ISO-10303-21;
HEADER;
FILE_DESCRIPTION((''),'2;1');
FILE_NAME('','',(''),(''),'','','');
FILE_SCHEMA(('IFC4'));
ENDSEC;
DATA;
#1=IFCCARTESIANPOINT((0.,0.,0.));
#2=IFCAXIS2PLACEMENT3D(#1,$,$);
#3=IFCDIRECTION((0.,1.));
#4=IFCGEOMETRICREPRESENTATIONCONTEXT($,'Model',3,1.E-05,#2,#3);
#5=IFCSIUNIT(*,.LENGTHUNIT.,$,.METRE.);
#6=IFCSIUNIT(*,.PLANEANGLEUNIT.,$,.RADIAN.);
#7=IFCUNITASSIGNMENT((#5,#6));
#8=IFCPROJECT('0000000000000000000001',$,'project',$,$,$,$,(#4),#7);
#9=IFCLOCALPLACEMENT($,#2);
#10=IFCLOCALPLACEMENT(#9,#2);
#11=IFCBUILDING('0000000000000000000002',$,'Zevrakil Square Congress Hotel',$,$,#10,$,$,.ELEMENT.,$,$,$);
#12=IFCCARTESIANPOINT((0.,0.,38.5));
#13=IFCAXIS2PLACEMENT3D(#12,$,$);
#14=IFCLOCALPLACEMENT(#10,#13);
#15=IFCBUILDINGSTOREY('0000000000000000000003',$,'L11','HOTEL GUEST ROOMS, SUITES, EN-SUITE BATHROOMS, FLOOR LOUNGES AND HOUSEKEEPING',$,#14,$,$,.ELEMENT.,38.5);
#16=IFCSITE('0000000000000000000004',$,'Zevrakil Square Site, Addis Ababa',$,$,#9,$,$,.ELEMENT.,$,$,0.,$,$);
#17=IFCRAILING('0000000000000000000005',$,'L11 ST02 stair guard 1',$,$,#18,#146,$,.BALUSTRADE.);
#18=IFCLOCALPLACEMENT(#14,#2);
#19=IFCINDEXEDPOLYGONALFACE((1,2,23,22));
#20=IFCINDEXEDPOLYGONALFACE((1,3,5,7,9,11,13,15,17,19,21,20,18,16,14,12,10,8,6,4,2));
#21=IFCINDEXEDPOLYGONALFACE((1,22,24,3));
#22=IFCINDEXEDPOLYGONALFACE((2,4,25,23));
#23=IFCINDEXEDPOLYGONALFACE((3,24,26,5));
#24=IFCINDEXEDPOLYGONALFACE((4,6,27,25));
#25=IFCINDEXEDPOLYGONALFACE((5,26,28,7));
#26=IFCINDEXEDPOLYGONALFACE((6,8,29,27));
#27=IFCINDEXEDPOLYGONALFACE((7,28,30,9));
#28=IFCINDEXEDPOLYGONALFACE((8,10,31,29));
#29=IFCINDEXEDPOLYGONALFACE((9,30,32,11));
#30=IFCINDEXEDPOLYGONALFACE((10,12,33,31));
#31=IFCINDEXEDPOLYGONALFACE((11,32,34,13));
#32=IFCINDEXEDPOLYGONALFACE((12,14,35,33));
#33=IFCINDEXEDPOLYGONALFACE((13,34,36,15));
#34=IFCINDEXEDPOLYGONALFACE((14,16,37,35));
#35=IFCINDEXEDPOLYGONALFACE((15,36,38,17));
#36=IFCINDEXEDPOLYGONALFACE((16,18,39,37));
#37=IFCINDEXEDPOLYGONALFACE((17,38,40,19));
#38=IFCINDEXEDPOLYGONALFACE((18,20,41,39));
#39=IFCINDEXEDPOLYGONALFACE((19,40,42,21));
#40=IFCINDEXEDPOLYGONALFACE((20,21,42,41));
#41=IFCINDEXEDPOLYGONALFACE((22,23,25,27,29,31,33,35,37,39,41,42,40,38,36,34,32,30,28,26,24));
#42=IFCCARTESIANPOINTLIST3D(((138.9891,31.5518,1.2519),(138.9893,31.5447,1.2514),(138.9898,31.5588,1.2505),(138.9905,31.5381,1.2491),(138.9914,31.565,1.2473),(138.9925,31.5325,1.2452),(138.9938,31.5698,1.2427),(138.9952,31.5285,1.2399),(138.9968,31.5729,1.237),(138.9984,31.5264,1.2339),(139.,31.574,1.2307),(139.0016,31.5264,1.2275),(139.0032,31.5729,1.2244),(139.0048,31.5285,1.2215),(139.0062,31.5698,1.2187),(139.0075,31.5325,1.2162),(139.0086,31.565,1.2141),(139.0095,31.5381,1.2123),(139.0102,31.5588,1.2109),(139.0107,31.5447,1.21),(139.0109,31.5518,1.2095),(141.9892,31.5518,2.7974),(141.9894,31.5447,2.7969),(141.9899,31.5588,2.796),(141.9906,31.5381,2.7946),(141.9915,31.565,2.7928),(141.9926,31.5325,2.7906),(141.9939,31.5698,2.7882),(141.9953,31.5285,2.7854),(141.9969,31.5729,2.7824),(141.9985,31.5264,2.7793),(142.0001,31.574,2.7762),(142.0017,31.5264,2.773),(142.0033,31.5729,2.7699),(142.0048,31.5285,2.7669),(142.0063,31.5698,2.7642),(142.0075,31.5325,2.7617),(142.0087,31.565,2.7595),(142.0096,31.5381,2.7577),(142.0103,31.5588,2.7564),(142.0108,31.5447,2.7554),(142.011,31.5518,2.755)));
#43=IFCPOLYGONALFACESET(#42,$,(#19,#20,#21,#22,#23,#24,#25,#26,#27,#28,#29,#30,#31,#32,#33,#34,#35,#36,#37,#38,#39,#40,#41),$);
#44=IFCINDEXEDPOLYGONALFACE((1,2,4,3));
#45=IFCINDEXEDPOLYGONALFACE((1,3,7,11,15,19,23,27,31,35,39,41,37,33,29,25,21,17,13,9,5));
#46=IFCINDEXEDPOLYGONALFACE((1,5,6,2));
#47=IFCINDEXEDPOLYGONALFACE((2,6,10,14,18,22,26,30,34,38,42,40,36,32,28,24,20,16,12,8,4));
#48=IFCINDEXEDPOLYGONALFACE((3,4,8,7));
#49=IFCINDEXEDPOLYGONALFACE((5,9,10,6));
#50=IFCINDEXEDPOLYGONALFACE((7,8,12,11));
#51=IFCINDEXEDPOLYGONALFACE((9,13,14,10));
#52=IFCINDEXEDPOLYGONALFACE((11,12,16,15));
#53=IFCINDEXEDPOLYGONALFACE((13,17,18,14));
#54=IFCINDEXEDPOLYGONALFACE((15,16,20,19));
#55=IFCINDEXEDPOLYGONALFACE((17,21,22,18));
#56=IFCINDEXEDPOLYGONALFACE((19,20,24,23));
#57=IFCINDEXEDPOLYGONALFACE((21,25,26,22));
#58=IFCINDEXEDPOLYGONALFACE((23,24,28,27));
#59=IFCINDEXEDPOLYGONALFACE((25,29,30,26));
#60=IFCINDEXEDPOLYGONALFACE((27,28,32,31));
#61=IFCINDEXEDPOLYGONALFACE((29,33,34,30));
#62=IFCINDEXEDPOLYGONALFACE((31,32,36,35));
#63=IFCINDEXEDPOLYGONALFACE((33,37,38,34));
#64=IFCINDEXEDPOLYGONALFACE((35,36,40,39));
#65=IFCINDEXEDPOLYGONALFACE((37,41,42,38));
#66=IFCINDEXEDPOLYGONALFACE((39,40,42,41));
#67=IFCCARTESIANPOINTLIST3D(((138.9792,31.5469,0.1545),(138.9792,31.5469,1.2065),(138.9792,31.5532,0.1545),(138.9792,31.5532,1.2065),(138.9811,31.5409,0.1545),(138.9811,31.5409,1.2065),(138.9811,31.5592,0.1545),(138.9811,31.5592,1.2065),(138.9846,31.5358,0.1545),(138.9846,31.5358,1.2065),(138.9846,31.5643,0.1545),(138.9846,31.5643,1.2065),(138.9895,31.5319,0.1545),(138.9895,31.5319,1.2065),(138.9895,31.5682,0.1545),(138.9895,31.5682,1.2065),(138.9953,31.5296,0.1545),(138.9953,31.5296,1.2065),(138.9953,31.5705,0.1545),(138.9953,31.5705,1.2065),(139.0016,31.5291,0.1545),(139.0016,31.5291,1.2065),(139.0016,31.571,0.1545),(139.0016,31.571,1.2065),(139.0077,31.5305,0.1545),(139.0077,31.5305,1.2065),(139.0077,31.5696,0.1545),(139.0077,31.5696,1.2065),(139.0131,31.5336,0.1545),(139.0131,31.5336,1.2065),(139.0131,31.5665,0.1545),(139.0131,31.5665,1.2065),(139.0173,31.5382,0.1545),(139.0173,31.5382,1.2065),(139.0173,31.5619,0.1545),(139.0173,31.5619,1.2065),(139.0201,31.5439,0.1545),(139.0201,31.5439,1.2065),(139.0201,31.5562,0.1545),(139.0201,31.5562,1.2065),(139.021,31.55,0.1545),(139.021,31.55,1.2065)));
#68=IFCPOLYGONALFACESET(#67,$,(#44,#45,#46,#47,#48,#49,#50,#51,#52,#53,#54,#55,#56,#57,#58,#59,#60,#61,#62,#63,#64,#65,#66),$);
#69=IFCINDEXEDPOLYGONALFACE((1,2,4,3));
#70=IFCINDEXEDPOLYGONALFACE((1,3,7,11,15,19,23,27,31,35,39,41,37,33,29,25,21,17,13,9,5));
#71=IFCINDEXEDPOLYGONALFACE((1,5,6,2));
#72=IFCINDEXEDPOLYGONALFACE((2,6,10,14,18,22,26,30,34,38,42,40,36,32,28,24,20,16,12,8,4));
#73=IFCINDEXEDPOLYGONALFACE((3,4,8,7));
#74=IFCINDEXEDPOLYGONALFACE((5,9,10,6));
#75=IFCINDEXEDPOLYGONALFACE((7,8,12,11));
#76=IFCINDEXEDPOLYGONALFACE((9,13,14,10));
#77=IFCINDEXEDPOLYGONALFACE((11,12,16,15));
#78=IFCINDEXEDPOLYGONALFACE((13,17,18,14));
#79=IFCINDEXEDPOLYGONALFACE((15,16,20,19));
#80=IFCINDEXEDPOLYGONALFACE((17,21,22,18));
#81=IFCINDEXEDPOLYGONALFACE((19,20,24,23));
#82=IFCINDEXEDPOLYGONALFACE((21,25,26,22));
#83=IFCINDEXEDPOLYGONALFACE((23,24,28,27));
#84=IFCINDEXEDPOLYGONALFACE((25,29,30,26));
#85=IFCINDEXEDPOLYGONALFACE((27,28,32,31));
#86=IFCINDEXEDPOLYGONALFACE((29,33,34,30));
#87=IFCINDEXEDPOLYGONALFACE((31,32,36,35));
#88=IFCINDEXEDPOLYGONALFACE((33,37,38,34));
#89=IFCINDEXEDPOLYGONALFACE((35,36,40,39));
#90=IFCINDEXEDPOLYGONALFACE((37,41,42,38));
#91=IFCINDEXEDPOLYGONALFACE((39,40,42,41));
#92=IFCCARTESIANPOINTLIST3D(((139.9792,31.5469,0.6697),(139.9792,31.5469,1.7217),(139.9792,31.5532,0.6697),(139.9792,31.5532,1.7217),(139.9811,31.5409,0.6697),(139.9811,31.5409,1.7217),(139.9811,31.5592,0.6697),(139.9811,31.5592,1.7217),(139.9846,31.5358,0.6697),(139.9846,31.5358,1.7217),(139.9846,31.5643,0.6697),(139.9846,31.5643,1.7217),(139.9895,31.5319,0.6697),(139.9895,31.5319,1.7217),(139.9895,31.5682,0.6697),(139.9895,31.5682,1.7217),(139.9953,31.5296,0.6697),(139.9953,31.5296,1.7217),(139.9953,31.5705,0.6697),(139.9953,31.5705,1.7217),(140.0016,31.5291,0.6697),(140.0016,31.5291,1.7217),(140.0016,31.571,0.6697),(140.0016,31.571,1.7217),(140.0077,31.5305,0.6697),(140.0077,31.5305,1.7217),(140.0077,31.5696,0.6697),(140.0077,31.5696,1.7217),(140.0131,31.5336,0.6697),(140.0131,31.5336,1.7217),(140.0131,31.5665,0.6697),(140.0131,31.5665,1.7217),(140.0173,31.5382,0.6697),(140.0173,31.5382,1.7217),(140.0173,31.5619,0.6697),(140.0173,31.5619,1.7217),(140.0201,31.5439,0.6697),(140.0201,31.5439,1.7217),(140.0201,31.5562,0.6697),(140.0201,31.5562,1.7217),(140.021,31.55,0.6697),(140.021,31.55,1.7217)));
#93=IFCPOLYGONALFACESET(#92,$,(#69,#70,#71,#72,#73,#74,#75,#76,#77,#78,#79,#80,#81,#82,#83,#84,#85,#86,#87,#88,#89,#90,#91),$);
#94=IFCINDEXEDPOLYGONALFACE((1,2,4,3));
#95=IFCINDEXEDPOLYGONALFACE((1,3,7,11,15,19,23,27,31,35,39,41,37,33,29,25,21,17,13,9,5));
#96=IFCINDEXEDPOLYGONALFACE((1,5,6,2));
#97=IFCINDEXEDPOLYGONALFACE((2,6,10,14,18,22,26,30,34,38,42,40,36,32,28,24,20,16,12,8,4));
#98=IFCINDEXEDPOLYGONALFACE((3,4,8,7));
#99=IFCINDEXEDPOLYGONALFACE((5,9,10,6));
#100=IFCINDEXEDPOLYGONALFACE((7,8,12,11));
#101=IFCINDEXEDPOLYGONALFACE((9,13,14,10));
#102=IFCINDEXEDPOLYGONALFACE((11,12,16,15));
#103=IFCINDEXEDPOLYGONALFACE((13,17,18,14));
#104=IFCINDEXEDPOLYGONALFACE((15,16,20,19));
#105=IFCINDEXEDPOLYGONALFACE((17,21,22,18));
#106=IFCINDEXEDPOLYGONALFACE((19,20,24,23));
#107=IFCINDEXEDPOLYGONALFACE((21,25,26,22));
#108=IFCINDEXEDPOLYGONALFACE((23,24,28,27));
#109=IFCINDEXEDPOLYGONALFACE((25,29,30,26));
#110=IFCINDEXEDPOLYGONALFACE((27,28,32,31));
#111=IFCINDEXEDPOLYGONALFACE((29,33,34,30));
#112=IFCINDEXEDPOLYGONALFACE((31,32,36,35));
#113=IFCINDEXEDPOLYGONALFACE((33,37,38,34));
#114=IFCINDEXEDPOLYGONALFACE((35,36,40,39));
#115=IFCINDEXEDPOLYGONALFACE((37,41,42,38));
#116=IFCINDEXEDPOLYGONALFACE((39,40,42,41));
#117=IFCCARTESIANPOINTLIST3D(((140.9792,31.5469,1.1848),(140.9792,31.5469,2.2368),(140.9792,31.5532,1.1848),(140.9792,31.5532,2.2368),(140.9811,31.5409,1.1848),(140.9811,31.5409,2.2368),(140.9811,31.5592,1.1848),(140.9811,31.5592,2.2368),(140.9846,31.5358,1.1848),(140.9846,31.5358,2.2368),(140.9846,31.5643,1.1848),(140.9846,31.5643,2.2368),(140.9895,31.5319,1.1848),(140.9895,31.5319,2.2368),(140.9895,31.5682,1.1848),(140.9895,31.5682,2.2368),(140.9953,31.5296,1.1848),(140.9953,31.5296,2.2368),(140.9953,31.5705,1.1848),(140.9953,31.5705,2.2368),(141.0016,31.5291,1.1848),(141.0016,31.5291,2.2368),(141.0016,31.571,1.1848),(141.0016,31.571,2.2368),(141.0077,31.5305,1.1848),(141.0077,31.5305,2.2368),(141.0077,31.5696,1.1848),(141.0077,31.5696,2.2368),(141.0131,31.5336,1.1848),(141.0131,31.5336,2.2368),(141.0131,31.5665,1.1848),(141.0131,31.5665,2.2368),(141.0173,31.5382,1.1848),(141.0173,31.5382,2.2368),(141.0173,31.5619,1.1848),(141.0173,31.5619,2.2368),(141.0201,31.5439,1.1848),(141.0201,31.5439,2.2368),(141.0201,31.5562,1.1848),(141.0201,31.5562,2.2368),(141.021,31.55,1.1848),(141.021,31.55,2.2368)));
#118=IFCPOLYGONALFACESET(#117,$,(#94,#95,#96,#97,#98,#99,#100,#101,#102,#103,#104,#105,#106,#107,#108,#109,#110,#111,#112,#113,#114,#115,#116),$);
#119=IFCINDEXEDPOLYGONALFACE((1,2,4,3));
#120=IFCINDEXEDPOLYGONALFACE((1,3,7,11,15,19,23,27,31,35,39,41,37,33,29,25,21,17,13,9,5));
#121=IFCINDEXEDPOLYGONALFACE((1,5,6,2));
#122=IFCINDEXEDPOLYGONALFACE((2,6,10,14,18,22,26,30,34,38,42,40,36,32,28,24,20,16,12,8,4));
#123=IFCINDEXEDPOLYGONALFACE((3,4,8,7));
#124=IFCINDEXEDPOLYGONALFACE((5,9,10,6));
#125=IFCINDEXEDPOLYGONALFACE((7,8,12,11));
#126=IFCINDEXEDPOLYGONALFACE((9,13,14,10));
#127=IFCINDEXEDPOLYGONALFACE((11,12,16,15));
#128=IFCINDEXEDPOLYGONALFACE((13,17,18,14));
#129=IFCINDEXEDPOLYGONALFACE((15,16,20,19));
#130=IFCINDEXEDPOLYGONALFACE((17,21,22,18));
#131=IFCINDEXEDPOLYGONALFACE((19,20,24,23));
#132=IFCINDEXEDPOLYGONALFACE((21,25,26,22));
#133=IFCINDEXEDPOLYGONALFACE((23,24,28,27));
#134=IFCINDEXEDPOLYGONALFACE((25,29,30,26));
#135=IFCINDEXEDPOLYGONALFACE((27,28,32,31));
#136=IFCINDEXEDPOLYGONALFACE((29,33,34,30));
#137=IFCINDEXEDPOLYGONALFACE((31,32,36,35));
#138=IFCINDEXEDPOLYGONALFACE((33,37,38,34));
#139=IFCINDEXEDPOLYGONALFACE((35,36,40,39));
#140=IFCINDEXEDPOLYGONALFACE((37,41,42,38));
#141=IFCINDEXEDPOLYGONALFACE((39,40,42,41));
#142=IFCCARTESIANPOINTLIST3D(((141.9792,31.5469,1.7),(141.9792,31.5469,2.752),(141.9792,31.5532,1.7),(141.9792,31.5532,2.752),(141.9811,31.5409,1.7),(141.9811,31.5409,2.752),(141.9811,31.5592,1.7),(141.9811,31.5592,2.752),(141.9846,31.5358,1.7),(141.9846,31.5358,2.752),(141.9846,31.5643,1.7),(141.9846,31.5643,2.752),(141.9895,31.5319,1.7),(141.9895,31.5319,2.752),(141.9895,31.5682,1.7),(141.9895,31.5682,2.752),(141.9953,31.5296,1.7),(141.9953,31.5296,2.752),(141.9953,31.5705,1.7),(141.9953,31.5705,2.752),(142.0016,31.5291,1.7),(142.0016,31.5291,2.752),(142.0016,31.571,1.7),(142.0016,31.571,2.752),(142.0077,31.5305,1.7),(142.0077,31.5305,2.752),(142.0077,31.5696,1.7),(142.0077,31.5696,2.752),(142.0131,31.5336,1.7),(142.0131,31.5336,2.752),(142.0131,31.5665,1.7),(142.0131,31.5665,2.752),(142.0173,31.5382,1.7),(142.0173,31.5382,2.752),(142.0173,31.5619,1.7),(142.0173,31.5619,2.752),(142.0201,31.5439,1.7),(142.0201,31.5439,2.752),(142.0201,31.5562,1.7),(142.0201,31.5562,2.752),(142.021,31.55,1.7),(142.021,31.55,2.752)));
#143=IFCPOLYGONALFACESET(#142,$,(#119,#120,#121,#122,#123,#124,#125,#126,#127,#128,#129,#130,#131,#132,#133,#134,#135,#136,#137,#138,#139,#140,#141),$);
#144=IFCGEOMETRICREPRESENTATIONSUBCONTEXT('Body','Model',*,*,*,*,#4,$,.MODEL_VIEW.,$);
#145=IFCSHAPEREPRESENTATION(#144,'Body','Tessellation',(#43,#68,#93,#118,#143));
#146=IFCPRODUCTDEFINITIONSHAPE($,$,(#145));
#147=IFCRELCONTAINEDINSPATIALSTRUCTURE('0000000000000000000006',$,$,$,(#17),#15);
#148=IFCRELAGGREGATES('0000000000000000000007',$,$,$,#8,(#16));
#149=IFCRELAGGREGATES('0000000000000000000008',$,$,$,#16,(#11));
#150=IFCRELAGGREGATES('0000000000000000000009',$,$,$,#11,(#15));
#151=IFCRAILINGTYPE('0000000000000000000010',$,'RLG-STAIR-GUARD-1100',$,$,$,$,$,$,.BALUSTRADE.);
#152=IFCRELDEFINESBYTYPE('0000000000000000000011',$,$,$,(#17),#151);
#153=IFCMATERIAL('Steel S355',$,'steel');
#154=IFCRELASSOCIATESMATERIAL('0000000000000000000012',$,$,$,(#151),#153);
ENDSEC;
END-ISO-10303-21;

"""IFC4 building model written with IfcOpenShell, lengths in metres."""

from ifc_helpers import new_model, si_unit, direction, frame, origin, origin_2d, place, context, subcontext, project, spatial, circle, extrude, material, type_object, element, save


model = new_model("IFC4")

# Units and contexts
model_context = context("Model", 3, precision=1e-05, world=origin(), true_north=direction((0.0, 1.0)))
body_context = subcontext(model_context, "Body", "Model", "MODEL_VIEW")
ifc_project = project(units=[si_unit("LENGTHUNIT", "METRE"), si_unit("PLANEANGLEUNIT", "RADIAN")], contexts=[model_context])

# Site, building, storey
site_placement = place(None, origin())
site = spatial("IfcSite", under=ifc_project, at=site_placement, Name="Zevrakil Square Site, Addis Ababa", CompositionType="ELEMENT", RefElevation=0.0)
building_placement = place(site_placement, origin())
building = spatial("IfcBuilding", under=site, at=building_placement, Name="Zevrakil Square Congress Hotel", CompositionType="ELEMENT")
storey_placement = place(building_placement, frame((0.0, 0.0, 38.5)))
storey = spatial("IfcBuildingStorey", under=building, at=storey_placement, Name="L11", Description="HOTEL GUEST ROOMS, SUITES, EN-SUITE BATHROOMS, FLOOR LOUNGES AND HOUSEKEEPING", CompositionType="ELEMENT", Elevation=38.5)

# Railing
ifc_material_1 = material(Name="Steel S355", Category="steel")
railing_type_1 = type_object("IfcRailingType", Name="RLG-STAIR-GUARD-1100", PredefinedType="BALUSTRADE", material=ifc_material_1)
railing_1_placement = place(storey_placement, frame((139.0, 31.55, 0.1545)))
element("IfcRailing", 1, at=railing_1_placement, inside=storey, type_object=railing_type_1, Name="L11 ST02 stair guard 1", PredefinedType="BALUSTRADE", context=body_context, shape_type="SweptSolid", body=[
    extrude(circle(Radius=0.0239, at=origin_2d()), frame((0.0, 0.0, 1.0762), z_axis=(0.88898, 0.0, 0.457946), x_axis=(0.0, 1.0, 0.0)), (0.0, 0.0, 1.0), 3.3748),
    extrude(circle(Radius=0.021, at=origin_2d()), origin(), (0.0, 0.0, 1.0), 1.052),
    extrude(circle(Radius=0.021, at=origin_2d()), frame((1.0, 0.0, 0.5151)), (0.0, 0.0, 1.0), 1.052),
    extrude(circle(Radius=0.021, at=origin_2d()), frame((2.0, 0.0, 1.0303)), (0.0, 0.0, 1.0), 1.052),
    extrude(circle(Radius=0.021, at=origin_2d()), frame((3.0, 0.0, 1.5454)), (0.0, 0.0, 1.0), 1.052),
])

save(model, "model.ifc")
